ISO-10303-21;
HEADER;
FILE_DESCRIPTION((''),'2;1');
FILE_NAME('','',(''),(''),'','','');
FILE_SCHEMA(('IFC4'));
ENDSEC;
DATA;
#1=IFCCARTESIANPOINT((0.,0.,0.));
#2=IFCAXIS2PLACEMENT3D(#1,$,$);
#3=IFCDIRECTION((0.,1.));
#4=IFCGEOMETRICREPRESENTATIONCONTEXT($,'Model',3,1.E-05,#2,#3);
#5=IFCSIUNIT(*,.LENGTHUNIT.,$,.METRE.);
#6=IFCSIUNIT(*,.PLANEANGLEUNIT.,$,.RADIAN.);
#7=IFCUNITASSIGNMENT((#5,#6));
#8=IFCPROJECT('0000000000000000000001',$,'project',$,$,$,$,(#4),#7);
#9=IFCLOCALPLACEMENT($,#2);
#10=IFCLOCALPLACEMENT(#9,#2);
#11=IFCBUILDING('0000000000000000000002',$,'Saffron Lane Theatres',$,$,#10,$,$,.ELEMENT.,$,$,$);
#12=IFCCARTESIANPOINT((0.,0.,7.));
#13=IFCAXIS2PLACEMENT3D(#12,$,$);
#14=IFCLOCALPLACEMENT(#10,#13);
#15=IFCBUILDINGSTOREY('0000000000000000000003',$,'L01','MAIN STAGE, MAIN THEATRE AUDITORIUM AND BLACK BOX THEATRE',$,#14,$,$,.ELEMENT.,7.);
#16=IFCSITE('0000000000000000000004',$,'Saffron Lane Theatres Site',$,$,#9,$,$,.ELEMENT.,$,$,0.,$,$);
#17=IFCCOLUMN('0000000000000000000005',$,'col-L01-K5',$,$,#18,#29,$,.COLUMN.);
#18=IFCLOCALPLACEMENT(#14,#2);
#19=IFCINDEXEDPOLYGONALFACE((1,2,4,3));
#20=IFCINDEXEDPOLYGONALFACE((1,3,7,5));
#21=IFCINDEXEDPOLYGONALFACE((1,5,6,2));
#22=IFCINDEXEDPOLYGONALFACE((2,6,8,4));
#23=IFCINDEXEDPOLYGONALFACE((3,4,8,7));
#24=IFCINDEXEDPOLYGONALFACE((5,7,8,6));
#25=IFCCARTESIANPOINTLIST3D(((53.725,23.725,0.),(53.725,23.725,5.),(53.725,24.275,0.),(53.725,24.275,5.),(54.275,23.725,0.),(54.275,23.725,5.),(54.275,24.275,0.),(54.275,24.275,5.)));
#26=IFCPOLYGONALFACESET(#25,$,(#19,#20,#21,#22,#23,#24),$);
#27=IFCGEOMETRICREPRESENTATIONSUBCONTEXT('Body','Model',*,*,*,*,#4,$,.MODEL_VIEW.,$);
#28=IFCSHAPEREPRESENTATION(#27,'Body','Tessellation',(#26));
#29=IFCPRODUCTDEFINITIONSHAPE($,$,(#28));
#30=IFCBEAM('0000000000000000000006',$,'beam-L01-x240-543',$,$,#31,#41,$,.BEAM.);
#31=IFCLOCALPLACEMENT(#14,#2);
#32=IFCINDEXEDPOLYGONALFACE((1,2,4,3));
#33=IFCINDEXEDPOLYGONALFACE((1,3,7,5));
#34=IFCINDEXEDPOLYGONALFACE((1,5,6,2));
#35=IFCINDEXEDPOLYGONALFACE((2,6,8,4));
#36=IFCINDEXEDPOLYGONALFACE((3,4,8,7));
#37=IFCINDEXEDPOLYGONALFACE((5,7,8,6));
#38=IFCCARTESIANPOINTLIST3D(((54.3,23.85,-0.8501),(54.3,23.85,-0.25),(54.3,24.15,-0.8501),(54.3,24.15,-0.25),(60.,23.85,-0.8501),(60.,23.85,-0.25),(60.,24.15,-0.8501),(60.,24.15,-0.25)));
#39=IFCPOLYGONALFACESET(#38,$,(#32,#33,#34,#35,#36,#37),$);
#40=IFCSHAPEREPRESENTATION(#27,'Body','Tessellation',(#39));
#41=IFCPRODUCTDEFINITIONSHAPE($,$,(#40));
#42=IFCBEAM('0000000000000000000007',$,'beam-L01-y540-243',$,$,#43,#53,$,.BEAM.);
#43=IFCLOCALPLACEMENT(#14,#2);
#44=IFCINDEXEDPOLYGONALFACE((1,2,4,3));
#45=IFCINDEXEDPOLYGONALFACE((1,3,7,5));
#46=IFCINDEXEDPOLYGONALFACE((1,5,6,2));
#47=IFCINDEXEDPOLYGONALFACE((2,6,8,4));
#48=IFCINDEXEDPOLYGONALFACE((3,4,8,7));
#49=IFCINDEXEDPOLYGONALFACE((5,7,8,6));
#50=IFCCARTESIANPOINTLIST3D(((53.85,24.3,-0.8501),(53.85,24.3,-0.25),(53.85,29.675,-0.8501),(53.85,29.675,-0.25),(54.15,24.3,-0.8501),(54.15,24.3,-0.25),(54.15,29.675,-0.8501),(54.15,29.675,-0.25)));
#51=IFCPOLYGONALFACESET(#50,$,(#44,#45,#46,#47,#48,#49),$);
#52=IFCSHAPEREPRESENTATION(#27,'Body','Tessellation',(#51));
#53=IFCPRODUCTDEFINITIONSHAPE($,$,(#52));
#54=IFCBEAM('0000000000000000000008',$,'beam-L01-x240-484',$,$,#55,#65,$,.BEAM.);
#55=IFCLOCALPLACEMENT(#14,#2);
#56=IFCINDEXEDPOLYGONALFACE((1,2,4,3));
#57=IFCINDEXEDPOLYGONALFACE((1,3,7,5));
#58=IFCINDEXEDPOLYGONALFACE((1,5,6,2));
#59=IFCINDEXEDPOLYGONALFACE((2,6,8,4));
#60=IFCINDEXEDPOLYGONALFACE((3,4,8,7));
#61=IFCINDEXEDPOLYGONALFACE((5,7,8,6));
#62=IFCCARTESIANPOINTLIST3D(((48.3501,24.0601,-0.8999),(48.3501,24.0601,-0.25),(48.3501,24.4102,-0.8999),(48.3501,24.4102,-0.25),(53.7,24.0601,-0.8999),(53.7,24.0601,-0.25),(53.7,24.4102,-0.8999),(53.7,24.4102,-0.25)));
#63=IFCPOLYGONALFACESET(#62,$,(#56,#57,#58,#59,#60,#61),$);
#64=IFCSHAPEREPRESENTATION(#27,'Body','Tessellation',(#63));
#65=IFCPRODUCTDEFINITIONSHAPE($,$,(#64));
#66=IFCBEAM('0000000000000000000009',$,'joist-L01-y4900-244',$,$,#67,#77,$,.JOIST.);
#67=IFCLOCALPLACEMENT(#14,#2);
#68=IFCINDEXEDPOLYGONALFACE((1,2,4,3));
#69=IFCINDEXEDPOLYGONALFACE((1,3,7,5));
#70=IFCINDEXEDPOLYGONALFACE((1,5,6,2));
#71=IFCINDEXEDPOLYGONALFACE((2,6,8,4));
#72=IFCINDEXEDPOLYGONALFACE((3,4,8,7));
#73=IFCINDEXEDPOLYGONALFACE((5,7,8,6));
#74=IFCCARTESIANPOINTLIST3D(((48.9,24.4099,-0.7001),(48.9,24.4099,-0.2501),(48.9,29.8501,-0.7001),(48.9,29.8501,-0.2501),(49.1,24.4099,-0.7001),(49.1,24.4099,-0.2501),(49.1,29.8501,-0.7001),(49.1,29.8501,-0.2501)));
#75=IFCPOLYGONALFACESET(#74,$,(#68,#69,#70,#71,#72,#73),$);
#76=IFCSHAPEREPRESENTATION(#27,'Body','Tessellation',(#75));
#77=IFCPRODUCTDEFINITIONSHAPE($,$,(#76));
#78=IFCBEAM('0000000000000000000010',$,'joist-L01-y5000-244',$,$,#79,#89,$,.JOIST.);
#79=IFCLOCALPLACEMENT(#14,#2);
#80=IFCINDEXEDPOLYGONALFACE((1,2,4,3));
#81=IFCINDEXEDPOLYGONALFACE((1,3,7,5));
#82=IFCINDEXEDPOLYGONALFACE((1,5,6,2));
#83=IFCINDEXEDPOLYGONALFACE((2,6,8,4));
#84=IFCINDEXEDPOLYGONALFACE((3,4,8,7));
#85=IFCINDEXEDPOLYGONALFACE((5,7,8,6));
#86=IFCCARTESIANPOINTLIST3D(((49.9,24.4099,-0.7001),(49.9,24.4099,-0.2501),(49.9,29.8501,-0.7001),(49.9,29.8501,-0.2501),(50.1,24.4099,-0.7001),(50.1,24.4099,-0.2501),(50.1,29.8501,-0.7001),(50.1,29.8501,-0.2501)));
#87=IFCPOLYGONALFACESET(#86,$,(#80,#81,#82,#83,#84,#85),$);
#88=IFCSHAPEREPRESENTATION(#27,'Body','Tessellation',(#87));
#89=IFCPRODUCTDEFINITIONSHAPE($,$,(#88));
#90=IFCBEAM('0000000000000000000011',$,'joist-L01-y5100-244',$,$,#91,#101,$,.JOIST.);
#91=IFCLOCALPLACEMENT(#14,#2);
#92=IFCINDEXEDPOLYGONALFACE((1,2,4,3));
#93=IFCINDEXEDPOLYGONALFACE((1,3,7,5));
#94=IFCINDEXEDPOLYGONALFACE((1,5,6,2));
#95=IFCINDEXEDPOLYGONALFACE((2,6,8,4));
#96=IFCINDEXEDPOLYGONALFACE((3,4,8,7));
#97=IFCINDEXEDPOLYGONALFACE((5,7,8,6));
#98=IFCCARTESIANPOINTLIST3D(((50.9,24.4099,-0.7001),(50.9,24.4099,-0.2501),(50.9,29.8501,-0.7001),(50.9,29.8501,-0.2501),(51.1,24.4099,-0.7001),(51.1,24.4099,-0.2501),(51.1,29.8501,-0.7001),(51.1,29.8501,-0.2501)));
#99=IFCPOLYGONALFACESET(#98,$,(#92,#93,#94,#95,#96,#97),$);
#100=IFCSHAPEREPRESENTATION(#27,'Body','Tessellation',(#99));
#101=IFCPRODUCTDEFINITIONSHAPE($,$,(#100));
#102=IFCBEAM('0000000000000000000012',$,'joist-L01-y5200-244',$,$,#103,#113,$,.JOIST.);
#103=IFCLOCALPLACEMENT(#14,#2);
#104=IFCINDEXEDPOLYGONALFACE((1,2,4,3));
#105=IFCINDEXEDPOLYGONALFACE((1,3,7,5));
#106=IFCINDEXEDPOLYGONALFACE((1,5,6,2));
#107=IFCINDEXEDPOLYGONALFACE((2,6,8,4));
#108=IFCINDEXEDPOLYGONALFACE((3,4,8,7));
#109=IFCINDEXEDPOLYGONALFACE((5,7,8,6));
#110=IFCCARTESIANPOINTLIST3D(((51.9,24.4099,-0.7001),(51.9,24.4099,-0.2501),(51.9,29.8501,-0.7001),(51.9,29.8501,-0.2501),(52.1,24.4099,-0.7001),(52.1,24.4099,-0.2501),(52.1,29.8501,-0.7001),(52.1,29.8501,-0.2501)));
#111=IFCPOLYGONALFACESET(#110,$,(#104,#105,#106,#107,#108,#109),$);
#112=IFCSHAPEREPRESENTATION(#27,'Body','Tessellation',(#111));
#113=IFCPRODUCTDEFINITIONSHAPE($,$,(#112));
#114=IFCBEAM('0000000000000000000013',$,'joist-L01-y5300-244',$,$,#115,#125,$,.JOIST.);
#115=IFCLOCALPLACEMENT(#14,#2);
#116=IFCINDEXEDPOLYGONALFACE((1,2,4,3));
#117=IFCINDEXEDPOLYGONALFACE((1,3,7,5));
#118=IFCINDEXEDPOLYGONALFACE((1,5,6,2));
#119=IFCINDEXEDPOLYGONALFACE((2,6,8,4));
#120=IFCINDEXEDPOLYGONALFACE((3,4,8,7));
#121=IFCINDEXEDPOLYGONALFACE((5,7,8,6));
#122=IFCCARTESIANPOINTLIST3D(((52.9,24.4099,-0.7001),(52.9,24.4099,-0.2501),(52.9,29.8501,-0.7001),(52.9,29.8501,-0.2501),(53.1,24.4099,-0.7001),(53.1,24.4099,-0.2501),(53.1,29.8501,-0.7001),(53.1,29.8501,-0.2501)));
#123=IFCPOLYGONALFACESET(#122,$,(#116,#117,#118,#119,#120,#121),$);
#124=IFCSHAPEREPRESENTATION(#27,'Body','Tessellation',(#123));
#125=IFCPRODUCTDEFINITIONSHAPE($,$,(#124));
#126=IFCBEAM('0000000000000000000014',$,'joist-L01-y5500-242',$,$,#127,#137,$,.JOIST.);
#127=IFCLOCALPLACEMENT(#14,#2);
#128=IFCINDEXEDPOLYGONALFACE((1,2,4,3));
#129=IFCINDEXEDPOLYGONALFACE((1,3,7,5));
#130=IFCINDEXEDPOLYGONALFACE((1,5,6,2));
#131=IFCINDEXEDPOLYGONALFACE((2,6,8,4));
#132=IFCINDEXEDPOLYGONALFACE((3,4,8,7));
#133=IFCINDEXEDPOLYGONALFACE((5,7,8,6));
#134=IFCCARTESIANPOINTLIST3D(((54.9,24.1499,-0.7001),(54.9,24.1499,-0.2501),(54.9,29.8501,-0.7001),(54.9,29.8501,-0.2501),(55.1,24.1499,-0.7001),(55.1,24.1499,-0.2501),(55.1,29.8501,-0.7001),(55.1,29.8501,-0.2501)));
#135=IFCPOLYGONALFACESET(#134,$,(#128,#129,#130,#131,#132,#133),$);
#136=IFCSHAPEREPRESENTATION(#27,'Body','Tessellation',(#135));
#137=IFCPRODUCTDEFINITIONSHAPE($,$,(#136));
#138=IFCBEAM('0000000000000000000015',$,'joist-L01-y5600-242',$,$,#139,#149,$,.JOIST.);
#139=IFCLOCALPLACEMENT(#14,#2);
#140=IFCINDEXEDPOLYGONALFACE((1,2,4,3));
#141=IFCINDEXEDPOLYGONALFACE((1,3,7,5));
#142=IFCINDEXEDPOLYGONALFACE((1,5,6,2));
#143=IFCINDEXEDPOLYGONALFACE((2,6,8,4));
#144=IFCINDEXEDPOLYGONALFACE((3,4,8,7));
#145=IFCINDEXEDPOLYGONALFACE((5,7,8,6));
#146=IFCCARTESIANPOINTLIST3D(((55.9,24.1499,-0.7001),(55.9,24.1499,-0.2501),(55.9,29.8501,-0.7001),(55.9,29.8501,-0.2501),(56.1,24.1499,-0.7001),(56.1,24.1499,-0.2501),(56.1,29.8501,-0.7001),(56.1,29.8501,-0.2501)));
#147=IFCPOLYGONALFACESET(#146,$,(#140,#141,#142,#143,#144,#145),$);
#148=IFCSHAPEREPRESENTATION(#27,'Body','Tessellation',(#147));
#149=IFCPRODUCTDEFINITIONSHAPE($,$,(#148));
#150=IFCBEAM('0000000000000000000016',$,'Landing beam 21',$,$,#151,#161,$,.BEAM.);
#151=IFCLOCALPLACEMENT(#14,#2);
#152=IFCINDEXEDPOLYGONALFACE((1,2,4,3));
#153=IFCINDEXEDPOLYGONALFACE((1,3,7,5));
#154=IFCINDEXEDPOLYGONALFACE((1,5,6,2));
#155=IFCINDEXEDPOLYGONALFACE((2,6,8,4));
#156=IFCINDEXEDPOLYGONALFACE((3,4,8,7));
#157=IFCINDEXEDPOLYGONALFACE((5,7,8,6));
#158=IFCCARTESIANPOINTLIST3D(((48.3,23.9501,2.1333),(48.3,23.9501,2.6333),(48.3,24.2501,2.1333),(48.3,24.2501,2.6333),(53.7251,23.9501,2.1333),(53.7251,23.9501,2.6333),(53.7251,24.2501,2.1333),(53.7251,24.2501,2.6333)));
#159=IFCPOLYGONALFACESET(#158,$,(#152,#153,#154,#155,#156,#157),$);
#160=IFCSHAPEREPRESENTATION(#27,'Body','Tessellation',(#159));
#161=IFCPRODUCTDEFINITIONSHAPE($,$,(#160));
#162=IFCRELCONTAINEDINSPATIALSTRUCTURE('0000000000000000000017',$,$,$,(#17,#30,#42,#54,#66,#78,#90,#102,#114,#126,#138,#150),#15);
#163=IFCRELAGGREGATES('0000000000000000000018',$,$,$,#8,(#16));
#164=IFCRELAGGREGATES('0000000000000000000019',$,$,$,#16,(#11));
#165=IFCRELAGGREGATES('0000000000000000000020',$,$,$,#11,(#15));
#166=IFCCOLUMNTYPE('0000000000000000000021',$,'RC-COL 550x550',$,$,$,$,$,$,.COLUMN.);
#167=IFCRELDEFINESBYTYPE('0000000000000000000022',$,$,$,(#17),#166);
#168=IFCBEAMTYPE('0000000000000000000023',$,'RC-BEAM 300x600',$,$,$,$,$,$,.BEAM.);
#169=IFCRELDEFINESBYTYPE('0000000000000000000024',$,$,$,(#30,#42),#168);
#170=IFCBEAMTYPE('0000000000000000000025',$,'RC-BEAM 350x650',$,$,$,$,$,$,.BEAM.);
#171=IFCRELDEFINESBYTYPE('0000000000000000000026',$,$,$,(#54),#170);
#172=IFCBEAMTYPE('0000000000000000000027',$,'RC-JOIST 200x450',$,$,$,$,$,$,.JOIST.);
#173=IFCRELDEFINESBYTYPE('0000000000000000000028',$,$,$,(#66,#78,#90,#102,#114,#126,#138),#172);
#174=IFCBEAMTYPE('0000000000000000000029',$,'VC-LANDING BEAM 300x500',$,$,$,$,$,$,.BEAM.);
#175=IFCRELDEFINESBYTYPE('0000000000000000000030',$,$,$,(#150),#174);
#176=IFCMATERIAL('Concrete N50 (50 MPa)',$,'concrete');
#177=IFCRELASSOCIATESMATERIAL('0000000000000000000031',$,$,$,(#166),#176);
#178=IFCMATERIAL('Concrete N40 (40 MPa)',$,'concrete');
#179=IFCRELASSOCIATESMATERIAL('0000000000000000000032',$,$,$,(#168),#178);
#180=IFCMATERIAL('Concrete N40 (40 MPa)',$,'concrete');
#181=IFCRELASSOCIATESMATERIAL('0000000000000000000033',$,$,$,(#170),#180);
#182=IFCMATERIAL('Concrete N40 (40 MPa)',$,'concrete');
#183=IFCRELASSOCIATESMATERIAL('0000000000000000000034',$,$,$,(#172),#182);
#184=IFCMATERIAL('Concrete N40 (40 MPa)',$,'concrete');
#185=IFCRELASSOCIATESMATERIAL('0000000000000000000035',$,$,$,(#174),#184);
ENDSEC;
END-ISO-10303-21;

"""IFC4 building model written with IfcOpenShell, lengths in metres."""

from ifc_helpers import new_model, si_unit, direction, frame, origin, origin_2d, place, context, subcontext, project, spatial, rectangle, extrude, material, material_profile, profile_set, type_object, element, save


model = new_model("IFC4")

# Units and contexts
model_context = context("Model", 3, precision=1e-05, world=origin(), true_north=direction((0.0, 1.0)))
body_context = subcontext(model_context, "Body", "Model", "MODEL_VIEW")
ifc_project = project(units=[si_unit("LENGTHUNIT", "METRE"), si_unit("PLANEANGLEUNIT", "RADIAN")], contexts=[model_context])

# Site, building, storey
site_placement = place(None, origin())
site = spatial("IfcSite", under=ifc_project, at=site_placement, Name="Saffron Lane Theatres Site", CompositionType="ELEMENT", RefElevation=0.0)
building_placement = place(site_placement, origin())
building = spatial("IfcBuilding", under=site, at=building_placement, Name="Saffron Lane Theatres", CompositionType="ELEMENT")
storey_placement = place(building_placement, frame((0.0, 0.0, 7.0)))
storey = spatial("IfcBuildingStorey", under=building, at=storey_placement, Name="L01", Description="MAIN STAGE, MAIN THEATRE AUDITORIUM AND BLACK BOX THEATRE", CompositionType="ELEMENT", Elevation=7.0)

# Column
ifc_material_1 = material(Name="Concrete N50 (50 MPa)", Category="concrete")
ifc_material_profile_1 = material_profile(ifc_material_1, rectangle(XDim=0.55, YDim=0.55, at=origin_2d()))
ifc_profile_set_1 = profile_set([ifc_material_profile_1], Name="Concrete N50 (50 MPa)")
column_type = type_object("IfcColumnType", Name="RC-COL 550x550", PredefinedType="COLUMN", material=ifc_profile_set_1)
column_placement = place(storey_placement, frame((54.0, 24.0, 0.0), z_axis=(0.0, 0.0, 1.0), x_axis=(1.0, 0.0, 0.0)))
element("IfcColumn", 1, at=column_placement, inside=storey, type_object=column_type, Name="col-L01-K5", PredefinedType="COLUMN", context=body_context, shape_type="SweptSolid", body=[
    extrude(rectangle(XDim=0.55, YDim=0.55, at=origin_2d()), origin(), (0.0, 0.0, 1.0), 5.0),
])

# Beams
ifc_material_2 = material(Name="Concrete N40 (40 MPa)", Category="concrete")
ifc_material_profile_2 = material_profile(ifc_material_2, rectangle(XDim=0.3, YDim=0.6001, at=origin_2d()))
ifc_profile_set_2 = profile_set([ifc_material_profile_2], Name="Concrete N40 (40 MPa)")
beam_type_1 = type_object("IfcBeamType", Name="RC-BEAM 300x600", PredefinedType="BEAM", material=ifc_profile_set_2)
beam_1_placement = place(storey_placement, frame((54.3, 24.0, -0.55), z_axis=(1.0, 0.0, 0.0), x_axis=(0.0, 1.0, 0.0)))
element("IfcBeam", 2, at=beam_1_placement, inside=storey, type_object=beam_type_1, Name="beam-L01-x240-543", PredefinedType="BEAM", context=body_context, shape_type="SweptSolid", body=[
    extrude(rectangle(XDim=0.3, YDim=0.6001, at=origin_2d()), origin(), (0.0, 0.0, 1.0), 5.7),
])
beam_2_placement = place(storey_placement, frame((54.0, 24.3, -0.55), z_axis=(0.0, 1.0, 0.0), x_axis=(-1.0, 0.0, 0.0)))
element("IfcBeam", 3, at=beam_2_placement, inside=storey, type_object=beam_type_1, Name="beam-L01-y540-243", PredefinedType="BEAM", context=body_context, shape_type="SweptSolid", body=[
    extrude(rectangle(XDim=0.3, YDim=0.6001, at=origin_2d()), origin(), (0.0, 0.0, 1.0), 5.375),
])
ifc_material_3 = material(Name="Concrete N40 (40 MPa)", Category="concrete")
ifc_material_profile_3 = material_profile(ifc_material_3, rectangle(XDim=0.3501, YDim=0.6499, at=origin_2d()))
ifc_profile_set_3 = profile_set([ifc_material_profile_3], Name="Concrete N40 (40 MPa)")
beam_type_2 = type_object("IfcBeamType", Name="RC-BEAM 350x650", PredefinedType="BEAM", material=ifc_profile_set_3)
beam_3_placement = place(storey_placement, frame((48.3501, 24.2351, -0.575), z_axis=(1.0, 0.0, 0.0), x_axis=(0.0, 1.0, 0.0)))
element("IfcBeam", 4, at=beam_3_placement, inside=storey, type_object=beam_type_2, Name="beam-L01-x240-484", PredefinedType="BEAM", context=body_context, shape_type="SweptSolid", body=[
    extrude(rectangle(XDim=0.3501, YDim=0.6499, at=origin_2d()), origin(), (0.0, 0.0, 1.0), 5.3499),
])
ifc_material_4 = material(Name="Concrete N40 (40 MPa)", Category="concrete")
ifc_material_profile_4 = material_profile(ifc_material_4, rectangle(XDim=0.2, YDim=0.45, at=origin_2d()))
ifc_profile_set_4 = profile_set([ifc_material_profile_4], Name="Concrete N40 (40 MPa)")
beam_type_3 = type_object("IfcBeamType", Name="RC-JOIST 200x450", PredefinedType="JOIST", material=ifc_profile_set_4)
for number, where, z_axis, x_axis, name in (
    (5, (49.0, 24.4099, -0.4751), (0.0, 1.0, 0.0), (-1.0, 0.0, 0.0), "joist-L01-y4900-244"),
    (6, (50.0, 24.4099, -0.4751), (0.0, 1.0, 0.0), (-1.0, 0.0, 0.0), "joist-L01-y5000-244"),
    (7, (51.0, 24.4099, -0.4751), (0.0, 1.0, 0.0), (-1.0, 0.0, 0.0), "joist-L01-y5100-244"),
    (8, (52.0, 24.4099, -0.4751), (0.0, 1.0, 0.0), (-1.0, 0.0, 0.0), "joist-L01-y5200-244"),
    (9, (53.0, 24.4099, -0.4751), (0.0, 1.0, 0.0), (-1.0, 0.0, 0.0), "joist-L01-y5300-244"),
):
    element("IfcBeam", number, at=place(storey_placement, frame(where, z_axis=z_axis, x_axis=x_axis)), inside=storey, type_object=beam_type_3, Name=name, PredefinedType="JOIST", context=body_context, shape_type="SweptSolid", body=[
        extrude(rectangle(XDim=0.2, YDim=0.45, at=origin_2d()), origin(), (0.0, 0.0, 1.0), 5.4402),
    ])
for number, where, z_axis, x_axis, name in (
    (10, (55.0, 24.1499, -0.4751), (0.0, 1.0, 0.0), (-1.0, 0.0, 0.0), "joist-L01-y5500-242"),
    (11, (56.0, 24.1499, -0.4751), (0.0, 1.0, 0.0), (-1.0, 0.0, 0.0), "joist-L01-y5600-242"),
):
    element("IfcBeam", number, at=place(storey_placement, frame(where, z_axis=z_axis, x_axis=x_axis)), inside=storey, type_object=beam_type_3, Name=name, PredefinedType="JOIST", context=body_context, shape_type="SweptSolid", body=[
        extrude(rectangle(XDim=0.2, YDim=0.45, at=origin_2d()), origin(), (0.0, 0.0, 1.0), 5.7002),
    ])
ifc_material_5 = material(Name="Concrete N40 (40 MPa)", Category="concrete")
ifc_material_profile_5 = material_profile(ifc_material_5, rectangle(XDim=0.3, YDim=0.5, at=origin_2d()))
ifc_profile_set_5 = profile_set([ifc_material_profile_5], Name="Concrete N40 (40 MPa)")
beam_type_4 = type_object("IfcBeamType", Name="VC-LANDING BEAM 300x500", PredefinedType="BEAM", material=ifc_profile_set_5)
beam_4_placement = place(storey_placement, frame((48.3, 24.1001, 2.3833), z_axis=(1.0, 0.0, 0.0), x_axis=(0.0, 1.0, 0.0)))
element("IfcBeam", 12, at=beam_4_placement, inside=storey, type_object=beam_type_4, Name="Landing beam 21", PredefinedType="BEAM", context=body_context, shape_type="SweptSolid", body=[
    extrude(rectangle(XDim=0.3, YDim=0.5, at=origin_2d()), origin(), (0.0, 0.0, 1.0), 5.425),
])

save(model, "model.ifc")
